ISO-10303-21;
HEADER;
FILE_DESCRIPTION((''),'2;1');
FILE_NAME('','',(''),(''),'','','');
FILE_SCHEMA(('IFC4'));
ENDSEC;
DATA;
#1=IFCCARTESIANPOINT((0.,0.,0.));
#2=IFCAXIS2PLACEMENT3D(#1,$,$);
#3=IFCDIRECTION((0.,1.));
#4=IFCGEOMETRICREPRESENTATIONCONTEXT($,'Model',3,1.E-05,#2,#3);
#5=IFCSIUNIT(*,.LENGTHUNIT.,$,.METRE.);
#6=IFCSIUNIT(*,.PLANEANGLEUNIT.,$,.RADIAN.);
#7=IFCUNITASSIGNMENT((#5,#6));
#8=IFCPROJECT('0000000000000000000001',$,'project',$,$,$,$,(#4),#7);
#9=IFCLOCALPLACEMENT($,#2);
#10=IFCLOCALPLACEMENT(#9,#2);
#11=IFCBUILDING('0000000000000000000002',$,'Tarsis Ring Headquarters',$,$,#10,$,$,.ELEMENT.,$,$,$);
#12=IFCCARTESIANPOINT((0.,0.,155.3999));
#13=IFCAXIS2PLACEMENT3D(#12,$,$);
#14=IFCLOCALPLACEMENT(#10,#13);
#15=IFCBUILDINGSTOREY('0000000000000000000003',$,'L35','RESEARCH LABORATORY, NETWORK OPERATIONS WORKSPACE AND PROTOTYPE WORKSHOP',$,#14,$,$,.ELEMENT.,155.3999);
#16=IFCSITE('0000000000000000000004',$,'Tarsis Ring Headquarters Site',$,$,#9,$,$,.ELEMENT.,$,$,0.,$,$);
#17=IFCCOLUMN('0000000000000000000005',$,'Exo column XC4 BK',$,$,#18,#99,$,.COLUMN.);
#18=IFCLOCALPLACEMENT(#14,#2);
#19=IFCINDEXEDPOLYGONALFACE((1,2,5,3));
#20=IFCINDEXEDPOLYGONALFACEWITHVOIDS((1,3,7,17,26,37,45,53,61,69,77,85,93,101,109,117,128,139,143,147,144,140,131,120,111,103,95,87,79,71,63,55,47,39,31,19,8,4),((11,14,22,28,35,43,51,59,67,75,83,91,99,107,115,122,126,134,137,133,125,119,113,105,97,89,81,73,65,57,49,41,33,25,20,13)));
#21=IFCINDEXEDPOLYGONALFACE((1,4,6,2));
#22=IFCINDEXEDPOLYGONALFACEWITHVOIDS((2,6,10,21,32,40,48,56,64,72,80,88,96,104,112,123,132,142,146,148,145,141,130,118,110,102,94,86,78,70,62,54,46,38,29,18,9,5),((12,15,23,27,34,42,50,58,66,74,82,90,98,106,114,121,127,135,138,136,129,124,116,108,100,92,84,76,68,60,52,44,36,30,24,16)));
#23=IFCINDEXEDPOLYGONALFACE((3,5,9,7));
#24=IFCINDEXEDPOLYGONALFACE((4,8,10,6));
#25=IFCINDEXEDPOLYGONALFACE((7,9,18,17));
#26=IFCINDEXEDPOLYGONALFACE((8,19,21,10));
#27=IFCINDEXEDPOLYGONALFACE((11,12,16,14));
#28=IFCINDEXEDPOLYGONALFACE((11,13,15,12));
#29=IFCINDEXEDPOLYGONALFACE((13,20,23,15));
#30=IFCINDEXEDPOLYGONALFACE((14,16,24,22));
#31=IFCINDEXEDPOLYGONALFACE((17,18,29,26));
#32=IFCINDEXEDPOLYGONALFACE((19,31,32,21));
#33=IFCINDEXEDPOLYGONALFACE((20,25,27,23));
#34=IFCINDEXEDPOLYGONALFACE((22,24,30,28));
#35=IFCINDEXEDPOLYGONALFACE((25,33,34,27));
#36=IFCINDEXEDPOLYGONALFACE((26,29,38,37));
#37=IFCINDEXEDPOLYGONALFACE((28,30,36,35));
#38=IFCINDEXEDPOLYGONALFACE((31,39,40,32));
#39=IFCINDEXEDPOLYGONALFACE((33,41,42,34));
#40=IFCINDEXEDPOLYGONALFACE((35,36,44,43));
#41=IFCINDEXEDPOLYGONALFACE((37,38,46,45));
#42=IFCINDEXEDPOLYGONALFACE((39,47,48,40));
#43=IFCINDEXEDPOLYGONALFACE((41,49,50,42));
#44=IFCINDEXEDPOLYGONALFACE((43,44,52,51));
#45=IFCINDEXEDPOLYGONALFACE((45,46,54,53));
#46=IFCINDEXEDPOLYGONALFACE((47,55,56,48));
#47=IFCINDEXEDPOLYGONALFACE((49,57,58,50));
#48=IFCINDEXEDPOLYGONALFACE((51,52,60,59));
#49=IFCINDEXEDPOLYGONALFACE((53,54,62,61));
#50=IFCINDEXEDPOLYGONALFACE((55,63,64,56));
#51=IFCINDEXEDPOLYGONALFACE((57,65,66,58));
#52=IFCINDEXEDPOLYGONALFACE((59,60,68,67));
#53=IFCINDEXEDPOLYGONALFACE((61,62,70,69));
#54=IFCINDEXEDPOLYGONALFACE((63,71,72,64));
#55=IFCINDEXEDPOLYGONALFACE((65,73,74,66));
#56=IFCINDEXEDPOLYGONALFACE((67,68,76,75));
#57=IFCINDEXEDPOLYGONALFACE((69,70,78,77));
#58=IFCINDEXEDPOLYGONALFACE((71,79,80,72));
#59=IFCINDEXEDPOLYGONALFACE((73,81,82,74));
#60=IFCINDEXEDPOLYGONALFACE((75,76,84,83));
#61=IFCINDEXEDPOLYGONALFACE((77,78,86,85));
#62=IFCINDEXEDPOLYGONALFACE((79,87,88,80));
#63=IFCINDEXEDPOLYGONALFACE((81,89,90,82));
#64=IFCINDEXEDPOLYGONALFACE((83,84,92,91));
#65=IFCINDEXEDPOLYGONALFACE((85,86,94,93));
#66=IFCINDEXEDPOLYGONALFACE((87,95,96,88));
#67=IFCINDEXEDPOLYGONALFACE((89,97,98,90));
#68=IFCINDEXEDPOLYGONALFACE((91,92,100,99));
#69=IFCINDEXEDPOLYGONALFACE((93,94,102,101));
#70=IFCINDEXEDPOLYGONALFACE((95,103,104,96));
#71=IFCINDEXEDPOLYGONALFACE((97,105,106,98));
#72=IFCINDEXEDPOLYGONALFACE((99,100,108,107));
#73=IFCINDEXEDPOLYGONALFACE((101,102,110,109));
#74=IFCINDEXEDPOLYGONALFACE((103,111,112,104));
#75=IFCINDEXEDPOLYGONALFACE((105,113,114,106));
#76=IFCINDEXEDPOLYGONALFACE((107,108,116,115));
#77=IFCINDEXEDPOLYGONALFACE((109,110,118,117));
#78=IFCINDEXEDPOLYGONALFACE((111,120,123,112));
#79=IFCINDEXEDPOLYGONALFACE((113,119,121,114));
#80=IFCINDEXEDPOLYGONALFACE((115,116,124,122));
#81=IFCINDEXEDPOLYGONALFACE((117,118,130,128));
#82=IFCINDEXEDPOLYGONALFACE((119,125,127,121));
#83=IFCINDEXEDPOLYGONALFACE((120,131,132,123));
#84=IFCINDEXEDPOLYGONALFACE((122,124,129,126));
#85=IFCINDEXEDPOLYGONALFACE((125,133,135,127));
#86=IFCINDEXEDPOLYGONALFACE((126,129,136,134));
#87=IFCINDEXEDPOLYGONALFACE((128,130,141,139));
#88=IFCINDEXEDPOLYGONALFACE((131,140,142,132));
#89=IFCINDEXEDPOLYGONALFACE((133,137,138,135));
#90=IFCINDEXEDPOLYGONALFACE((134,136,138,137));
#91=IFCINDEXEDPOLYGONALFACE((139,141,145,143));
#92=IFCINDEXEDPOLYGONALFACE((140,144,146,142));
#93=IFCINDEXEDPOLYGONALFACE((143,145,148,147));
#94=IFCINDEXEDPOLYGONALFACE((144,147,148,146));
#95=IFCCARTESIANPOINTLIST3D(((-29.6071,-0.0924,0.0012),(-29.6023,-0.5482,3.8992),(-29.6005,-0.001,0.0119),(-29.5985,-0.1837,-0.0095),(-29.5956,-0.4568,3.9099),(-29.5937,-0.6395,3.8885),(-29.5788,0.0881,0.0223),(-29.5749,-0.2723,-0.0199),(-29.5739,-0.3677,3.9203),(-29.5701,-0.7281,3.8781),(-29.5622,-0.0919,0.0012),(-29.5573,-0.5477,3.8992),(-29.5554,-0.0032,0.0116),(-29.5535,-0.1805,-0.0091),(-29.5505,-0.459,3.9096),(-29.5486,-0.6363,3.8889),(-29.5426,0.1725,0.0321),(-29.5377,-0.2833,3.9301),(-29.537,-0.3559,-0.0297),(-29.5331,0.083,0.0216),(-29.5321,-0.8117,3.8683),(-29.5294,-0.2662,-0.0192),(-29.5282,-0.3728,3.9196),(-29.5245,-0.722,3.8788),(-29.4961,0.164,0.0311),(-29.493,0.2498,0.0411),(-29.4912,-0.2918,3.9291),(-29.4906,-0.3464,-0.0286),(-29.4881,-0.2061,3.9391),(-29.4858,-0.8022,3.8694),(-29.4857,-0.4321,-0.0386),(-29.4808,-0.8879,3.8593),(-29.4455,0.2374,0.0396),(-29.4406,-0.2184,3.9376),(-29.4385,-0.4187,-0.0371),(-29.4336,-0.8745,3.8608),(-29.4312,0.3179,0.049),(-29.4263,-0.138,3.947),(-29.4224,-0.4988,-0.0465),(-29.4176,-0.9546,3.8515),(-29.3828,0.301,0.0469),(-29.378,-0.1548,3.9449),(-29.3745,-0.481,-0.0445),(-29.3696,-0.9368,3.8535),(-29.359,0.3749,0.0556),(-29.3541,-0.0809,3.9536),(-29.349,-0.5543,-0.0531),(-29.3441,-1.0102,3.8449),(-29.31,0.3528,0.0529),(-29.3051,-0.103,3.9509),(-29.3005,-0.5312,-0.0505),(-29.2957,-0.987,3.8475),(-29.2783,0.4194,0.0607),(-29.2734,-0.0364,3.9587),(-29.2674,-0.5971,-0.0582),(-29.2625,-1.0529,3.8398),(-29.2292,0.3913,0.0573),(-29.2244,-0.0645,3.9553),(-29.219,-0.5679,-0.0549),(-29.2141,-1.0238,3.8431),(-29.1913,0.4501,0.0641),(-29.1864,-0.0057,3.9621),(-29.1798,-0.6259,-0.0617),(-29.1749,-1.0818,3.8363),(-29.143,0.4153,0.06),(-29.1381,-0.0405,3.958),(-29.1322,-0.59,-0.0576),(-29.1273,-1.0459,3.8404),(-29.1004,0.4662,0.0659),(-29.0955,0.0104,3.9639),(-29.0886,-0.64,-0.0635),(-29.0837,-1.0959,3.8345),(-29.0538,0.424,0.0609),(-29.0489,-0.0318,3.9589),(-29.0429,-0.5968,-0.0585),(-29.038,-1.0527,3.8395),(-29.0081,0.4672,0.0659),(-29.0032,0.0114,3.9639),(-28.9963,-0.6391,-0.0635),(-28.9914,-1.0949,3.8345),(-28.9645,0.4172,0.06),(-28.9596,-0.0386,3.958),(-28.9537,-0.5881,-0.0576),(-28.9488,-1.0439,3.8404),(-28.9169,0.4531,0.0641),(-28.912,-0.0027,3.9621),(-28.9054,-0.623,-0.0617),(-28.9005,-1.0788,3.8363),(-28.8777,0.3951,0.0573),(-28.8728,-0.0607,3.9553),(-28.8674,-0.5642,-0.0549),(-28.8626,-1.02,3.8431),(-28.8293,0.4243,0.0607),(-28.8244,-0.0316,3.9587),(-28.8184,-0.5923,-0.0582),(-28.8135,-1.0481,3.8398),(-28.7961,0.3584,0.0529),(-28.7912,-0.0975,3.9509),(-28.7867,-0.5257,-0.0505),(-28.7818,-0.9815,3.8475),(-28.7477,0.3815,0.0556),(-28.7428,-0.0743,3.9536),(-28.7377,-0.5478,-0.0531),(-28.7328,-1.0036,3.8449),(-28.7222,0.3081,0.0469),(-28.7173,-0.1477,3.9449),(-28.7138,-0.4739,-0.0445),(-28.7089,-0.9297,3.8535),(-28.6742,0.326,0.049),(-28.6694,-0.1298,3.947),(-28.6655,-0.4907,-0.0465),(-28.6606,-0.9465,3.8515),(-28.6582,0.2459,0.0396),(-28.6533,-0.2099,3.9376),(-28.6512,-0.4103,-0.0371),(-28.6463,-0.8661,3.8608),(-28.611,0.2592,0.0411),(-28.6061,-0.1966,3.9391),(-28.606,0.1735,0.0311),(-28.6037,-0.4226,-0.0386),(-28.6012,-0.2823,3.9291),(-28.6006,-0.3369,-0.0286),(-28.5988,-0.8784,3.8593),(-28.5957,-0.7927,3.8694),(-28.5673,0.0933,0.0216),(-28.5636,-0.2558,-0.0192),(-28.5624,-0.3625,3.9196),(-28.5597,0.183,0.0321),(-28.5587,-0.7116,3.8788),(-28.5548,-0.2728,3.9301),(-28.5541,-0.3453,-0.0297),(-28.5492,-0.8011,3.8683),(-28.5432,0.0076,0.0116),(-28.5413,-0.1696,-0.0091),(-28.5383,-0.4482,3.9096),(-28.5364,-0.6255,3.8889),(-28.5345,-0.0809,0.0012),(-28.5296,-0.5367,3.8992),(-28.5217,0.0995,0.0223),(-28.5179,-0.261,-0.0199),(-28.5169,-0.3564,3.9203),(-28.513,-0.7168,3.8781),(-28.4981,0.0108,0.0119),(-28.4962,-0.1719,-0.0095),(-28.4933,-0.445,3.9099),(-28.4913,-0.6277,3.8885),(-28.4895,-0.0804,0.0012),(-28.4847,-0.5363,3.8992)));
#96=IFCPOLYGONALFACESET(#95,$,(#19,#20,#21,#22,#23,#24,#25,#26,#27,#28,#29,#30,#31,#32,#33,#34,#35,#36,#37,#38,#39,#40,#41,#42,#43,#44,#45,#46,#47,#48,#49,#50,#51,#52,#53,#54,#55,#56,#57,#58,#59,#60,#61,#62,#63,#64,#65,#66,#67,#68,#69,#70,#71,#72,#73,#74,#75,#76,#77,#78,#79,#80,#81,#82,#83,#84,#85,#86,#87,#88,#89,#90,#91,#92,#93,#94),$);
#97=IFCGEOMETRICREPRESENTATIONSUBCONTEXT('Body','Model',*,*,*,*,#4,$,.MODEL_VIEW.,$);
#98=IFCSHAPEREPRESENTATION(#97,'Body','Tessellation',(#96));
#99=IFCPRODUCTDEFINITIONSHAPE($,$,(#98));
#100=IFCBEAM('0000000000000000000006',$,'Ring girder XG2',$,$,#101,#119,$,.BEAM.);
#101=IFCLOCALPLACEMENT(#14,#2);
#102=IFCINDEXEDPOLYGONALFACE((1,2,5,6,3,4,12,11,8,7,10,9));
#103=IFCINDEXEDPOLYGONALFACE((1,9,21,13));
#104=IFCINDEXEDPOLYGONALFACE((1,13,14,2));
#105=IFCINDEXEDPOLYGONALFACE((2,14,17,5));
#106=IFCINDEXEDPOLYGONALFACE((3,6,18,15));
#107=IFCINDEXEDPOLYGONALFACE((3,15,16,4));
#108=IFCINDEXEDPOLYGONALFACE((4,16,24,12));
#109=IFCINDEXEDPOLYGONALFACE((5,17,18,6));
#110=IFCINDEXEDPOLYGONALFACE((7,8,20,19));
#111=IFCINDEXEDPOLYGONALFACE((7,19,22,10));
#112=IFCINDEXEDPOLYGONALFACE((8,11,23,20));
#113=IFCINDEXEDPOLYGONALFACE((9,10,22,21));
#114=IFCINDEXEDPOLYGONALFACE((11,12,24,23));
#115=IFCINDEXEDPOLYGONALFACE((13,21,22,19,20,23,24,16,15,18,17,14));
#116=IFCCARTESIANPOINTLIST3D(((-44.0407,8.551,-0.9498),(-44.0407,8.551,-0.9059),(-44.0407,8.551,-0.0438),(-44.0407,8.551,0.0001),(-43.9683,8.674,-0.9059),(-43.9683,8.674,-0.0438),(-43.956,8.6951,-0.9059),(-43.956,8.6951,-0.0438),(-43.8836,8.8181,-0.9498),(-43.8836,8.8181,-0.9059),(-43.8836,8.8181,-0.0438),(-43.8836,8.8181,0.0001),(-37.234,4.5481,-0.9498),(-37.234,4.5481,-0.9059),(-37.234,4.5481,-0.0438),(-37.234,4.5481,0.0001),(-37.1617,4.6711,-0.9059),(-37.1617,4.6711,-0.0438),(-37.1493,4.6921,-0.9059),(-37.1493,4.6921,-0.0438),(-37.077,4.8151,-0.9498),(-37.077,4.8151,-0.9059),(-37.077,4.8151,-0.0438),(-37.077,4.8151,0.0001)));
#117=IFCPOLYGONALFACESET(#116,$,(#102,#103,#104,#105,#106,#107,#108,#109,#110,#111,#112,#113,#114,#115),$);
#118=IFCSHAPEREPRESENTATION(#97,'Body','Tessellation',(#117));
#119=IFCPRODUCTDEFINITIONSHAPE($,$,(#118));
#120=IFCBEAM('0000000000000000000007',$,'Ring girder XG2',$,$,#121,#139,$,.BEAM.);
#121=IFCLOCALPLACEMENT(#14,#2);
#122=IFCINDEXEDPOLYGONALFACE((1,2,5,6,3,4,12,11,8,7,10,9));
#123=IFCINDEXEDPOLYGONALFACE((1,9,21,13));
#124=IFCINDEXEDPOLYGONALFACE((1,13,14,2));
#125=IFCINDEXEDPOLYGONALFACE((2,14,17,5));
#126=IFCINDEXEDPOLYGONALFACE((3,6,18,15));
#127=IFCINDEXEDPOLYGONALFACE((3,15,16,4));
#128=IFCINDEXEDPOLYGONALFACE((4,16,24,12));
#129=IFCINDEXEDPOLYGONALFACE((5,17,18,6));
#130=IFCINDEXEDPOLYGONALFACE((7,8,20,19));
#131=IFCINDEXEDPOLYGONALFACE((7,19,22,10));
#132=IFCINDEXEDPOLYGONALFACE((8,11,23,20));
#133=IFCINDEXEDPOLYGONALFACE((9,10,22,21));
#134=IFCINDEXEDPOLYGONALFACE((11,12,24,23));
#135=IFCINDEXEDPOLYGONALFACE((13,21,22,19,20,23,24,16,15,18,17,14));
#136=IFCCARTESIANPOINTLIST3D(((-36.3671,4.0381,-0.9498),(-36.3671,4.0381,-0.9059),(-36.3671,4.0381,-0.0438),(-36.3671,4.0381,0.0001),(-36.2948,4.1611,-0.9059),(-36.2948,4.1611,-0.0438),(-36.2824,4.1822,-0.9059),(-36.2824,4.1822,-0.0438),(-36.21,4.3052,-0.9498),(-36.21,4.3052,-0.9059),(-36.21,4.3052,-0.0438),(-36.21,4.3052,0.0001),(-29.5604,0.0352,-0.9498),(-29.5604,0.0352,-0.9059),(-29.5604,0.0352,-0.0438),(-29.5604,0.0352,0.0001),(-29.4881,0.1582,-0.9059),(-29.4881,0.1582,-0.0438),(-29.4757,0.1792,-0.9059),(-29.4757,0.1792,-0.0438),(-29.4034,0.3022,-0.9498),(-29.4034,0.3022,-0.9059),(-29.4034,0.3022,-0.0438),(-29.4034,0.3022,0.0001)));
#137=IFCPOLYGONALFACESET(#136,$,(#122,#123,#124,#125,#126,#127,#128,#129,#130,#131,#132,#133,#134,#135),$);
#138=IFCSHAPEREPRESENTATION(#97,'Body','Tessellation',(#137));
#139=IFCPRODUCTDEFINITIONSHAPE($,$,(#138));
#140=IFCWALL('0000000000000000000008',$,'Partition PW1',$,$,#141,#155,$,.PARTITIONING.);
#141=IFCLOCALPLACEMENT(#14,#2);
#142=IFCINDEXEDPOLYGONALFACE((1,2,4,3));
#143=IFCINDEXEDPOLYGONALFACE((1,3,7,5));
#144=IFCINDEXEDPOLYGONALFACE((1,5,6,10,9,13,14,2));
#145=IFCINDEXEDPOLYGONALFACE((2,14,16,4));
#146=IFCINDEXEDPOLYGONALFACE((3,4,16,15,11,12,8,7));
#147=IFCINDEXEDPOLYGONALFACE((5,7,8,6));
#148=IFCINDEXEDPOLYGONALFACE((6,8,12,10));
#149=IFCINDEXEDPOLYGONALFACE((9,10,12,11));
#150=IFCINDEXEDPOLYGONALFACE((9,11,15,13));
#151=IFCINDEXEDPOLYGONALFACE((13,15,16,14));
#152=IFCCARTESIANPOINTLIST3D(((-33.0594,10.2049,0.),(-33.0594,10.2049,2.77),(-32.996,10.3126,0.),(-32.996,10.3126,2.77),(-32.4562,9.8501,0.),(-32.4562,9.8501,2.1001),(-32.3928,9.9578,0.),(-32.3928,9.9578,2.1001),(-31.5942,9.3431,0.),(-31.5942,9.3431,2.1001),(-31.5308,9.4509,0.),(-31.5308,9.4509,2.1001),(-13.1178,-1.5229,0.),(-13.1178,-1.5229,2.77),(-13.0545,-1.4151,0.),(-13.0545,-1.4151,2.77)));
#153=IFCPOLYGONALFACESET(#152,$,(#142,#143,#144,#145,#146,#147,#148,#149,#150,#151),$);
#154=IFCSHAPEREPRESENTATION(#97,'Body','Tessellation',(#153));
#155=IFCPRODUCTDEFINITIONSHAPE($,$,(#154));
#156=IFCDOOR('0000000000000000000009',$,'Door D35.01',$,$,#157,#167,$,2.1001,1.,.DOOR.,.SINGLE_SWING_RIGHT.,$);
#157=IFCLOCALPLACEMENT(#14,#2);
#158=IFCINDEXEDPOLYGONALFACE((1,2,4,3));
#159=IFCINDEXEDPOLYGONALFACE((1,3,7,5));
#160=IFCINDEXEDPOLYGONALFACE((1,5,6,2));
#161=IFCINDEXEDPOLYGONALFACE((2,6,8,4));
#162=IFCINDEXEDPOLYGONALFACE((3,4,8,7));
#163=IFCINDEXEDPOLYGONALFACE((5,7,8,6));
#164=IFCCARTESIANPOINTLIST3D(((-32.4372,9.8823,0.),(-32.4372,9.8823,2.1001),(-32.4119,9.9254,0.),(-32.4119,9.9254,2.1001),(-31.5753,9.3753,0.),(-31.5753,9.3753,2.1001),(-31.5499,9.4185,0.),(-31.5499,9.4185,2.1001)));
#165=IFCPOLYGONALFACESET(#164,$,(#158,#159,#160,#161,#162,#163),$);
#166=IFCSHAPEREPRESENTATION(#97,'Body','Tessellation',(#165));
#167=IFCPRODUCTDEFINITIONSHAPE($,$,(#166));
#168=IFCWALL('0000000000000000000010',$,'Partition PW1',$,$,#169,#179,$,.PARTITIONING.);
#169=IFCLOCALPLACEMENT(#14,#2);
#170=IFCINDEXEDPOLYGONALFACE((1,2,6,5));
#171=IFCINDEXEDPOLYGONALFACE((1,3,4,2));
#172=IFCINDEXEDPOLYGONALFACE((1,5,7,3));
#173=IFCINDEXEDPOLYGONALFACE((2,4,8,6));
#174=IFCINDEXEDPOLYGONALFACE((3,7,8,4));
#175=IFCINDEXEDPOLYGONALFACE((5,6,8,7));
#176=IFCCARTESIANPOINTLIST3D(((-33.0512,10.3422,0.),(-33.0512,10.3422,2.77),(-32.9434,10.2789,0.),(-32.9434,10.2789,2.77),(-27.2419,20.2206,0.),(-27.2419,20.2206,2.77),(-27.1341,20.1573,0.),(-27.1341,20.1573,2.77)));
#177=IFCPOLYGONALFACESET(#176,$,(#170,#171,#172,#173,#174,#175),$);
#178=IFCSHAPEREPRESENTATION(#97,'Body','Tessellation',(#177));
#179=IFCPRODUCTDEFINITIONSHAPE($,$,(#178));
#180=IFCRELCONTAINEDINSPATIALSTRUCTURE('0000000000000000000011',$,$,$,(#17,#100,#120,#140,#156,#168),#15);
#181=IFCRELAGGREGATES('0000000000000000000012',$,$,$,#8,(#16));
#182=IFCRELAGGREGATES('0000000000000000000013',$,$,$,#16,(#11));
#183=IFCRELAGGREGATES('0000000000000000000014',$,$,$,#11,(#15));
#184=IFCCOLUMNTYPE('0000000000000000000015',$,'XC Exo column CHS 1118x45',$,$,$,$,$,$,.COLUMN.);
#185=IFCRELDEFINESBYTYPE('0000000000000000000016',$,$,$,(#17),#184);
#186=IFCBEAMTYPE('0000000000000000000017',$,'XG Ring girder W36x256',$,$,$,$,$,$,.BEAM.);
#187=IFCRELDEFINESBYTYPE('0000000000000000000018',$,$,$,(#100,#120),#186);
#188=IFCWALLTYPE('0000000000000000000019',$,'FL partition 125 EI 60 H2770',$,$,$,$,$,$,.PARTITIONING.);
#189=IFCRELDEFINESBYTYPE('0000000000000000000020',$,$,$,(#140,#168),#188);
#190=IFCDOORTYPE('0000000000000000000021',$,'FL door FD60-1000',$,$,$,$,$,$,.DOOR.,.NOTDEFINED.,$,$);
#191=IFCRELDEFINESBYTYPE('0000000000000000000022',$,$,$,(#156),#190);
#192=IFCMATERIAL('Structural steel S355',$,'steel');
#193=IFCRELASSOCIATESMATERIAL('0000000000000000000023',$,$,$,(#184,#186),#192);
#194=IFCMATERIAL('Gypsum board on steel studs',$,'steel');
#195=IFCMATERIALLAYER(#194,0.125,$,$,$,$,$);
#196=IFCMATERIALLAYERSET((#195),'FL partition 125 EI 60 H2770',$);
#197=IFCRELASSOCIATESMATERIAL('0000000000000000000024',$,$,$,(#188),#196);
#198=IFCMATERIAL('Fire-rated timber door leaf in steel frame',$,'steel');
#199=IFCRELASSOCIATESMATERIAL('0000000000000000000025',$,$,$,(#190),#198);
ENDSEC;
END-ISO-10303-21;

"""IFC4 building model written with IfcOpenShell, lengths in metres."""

from ifc_helpers import new_model, si_unit, direction, frame, frame_2d, origin, origin_2d, place, context, subcontext, project, spatial, rectangle, hollow_circle, i_section, extrude, material, layer, layer_set, material_profile, profile_set, type_object, element, fill, save


model = new_model("IFC4")

# Units and contexts
model_context = context("Model", 3, precision=1e-05, world=origin(), true_north=direction((0.0, 1.0)))
body_context = subcontext(model_context, "Body", "Model", "MODEL_VIEW")
ifc_project = project(units=[si_unit("LENGTHUNIT", "METRE"), si_unit("PLANEANGLEUNIT", "RADIAN")], contexts=[model_context])

# Site, building, storey
site_placement = place(None, origin())
site = spatial("IfcSite", under=ifc_project, at=site_placement, Name="Tarsis Ring Headquarters Site", CompositionType="ELEMENT", RefElevation=0.0)
building_placement = place(site_placement, origin())
building = spatial("IfcBuilding", under=site, at=building_placement, Name="Tarsis Ring Headquarters", CompositionType="ELEMENT")
storey_placement = place(building_placement, frame((0.0, 0.0, 155.3999)))
storey = spatial("IfcBuildingStorey", under=building, at=storey_placement, Name="L35", Description="RESEARCH LABORATORY, NETWORK OPERATIONS WORKSPACE AND PROTOTYPE WORKSHOP", CompositionType="ELEMENT", Elevation=155.3999)

# Column
ifc_material_1 = material(Name="Structural steel S355", Category="steel")
ifc_material_profile_1 = material_profile(ifc_material_1, hollow_circle(Radius=0.5588, WallThickness=0.0449, at=origin_2d()), Name="CHS 1118x45")
ifc_profile_set_1 = profile_set([ifc_material_profile_1], Name="Structural steel S355")
column_type = type_object("IfcColumnType", Name="XC Exo column CHS 1118x45", PredefinedType="COLUMN", material=ifc_profile_set_1)
column_1_placement = place(storey_placement, frame((-29.0483, -0.0864, 0.0012), z_axis=(0.001244, -0.116145, 0.993232), x_axis=(0.999943, 0.010712, 0.0)))
element("IfcColumn", 1, at=column_1_placement, inside=storey, type_object=column_type, Name="Exo column XC4 BK", PredefinedType="COLUMN", context=body_context, shape_type="SweptSolid", body=[
    extrude(hollow_circle(Radius=0.5588, WallThickness=0.0449, at=origin_2d()), origin(), (0.0, 0.0, 1.0), 3.9246),
])

# Beams
ifc_material_profile_2 = material_profile(ifc_material_1, i_section(OverallWidth=0.3098, OverallDepth=0.95, WebThickness=0.0244, FlangeThickness=0.0439, at=origin_2d()), Name="W36x256")
ifc_profile_set_2 = profile_set([ifc_material_profile_2], Name="Structural steel S355")
beam_type = type_object("IfcBeamType", Name="XG Ring girder W36x256", PredefinedType="BEAM", material=ifc_profile_set_2)
for number, where, z_axis, x_axis, name in (
    (2, (-43.9622, 8.6846, -0.4749), (0.861988, -0.506928, 0.0), (0.506928, 0.861988, 0.0), "Ring girder XG2"),
    (3, (-36.2886, 4.1716, -0.4749), (0.861988, -0.506928, 0.0), (0.506928, 0.861988, 0.0), "Ring girder XG2"),
):
    element("IfcBeam", number, at=place(storey_placement, frame(where, z_axis=z_axis, x_axis=x_axis)), inside=storey, type_object=beam_type, Name=name, PredefinedType="BEAM", context=body_context, shape_type="SweptSolid", body=[
        extrude(i_section(OverallWidth=0.3098, OverallDepth=0.95, WebThickness=0.0244, FlangeThickness=0.0439, at=origin_2d()), origin(), (0.0, 0.0, 1.0), 7.8965),
    ])

# Wall, opening, door
ifc_material_2 = material(Name="Gypsum board on steel studs", Category="steel")
ifc_layer_1 = layer(ifc_material_2, 0.125)
ifc_layer_set_1 = layer_set([ifc_layer_1], Name="FL partition 125 EI 60 H2770")
wall_type_1 = type_object("IfcWallType", Name="FL partition 125 EI 60 H2770", PredefinedType="PARTITIONING", material=ifc_layer_set_1)
wall_1_placement = place(storey_placement, frame((-33.0278, 10.2588, 0.0), z_axis=(0.0, 0.0, 1.0), x_axis=(0.861983, -0.506937, 0.0)))
wall_1 = element("IfcWall", 4, at=wall_1_placement, inside=storey, type_object=wall_type_1, Name="Partition PW1", PredefinedType="PARTITIONING", context=body_context, shape_type="SweptSolid", body=[
    extrude(rectangle(XDim=23.1345, YDim=0.125, at=frame_2d((11.5674, 0.0))), origin(), (0.0, 0.0, 1.0), 2.77),
])
opening_1_placement = place(wall_1_placement, frame((0.7, 0.0, 0.0)))
opening_1 = element("IfcOpeningElement", 5, at=opening_1_placement, cuts=wall_1, PredefinedType="OPENING", context=body_context, shape_type="SweptSolid", body=[
    extrude(rectangle(XDim=1.0, YDim=2.1001, at=frame_2d((0.5, 1.05))), frame((0.0, 0.0725, 0.0), z_axis=(0.0, -1.0, 0.0), x_axis=(1.0, 0.0, 0.0)), (0.0, 0.0, 1.0), 0.145),
])
ifc_material_3 = material(Name="Fire-rated timber door leaf in steel frame", Category="steel")
door_type_1 = type_object("IfcDoorType", Name="FL door FD60-1000", OperationType="NOTDEFINED", PredefinedType="DOOR", material=ifc_material_3)
door_1_placement = place(opening_1_placement, origin())
door_1 = element("IfcDoor", 6, at=door_1_placement, inside=storey, type_object=door_type_1, Name="Door D35.01", OperationType="SINGLE_SWING_RIGHT", OverallHeight=2.1001, OverallWidth=1.0, PredefinedType="DOOR", context=body_context, shape_type="SweptSolid", body=[
    extrude(rectangle(XDim=1.0, YDim=2.1001, at=frame_2d((0.5, 1.05))), frame((0.0, 0.0249, 0.0), z_axis=(0.0, -1.0, 0.0), x_axis=(1.0, 0.0, 0.0)), (0.0, 0.0, 1.0), 0.05),
])
fill(opening_1, door_1)

# Wall
wall_2_placement = place(storey_placement, frame((-32.9973, 10.3105, 0.0), z_axis=(0.0, 0.0, 1.0), x_axis=(0.506922, 0.861992, 0.0)))
element("IfcWall", 7, at=wall_2_placement, inside=storey, type_object=wall_type_1, Name="Partition PW1", PredefinedType="PARTITIONING", context=body_context, shape_type="SweptSolid", body=[
    extrude(rectangle(XDim=11.46, YDim=0.125, at=frame_2d((5.73, 0.0))), origin(), (0.0, 0.0, 1.0), 2.77),
])

save(model, "model.ifc")
